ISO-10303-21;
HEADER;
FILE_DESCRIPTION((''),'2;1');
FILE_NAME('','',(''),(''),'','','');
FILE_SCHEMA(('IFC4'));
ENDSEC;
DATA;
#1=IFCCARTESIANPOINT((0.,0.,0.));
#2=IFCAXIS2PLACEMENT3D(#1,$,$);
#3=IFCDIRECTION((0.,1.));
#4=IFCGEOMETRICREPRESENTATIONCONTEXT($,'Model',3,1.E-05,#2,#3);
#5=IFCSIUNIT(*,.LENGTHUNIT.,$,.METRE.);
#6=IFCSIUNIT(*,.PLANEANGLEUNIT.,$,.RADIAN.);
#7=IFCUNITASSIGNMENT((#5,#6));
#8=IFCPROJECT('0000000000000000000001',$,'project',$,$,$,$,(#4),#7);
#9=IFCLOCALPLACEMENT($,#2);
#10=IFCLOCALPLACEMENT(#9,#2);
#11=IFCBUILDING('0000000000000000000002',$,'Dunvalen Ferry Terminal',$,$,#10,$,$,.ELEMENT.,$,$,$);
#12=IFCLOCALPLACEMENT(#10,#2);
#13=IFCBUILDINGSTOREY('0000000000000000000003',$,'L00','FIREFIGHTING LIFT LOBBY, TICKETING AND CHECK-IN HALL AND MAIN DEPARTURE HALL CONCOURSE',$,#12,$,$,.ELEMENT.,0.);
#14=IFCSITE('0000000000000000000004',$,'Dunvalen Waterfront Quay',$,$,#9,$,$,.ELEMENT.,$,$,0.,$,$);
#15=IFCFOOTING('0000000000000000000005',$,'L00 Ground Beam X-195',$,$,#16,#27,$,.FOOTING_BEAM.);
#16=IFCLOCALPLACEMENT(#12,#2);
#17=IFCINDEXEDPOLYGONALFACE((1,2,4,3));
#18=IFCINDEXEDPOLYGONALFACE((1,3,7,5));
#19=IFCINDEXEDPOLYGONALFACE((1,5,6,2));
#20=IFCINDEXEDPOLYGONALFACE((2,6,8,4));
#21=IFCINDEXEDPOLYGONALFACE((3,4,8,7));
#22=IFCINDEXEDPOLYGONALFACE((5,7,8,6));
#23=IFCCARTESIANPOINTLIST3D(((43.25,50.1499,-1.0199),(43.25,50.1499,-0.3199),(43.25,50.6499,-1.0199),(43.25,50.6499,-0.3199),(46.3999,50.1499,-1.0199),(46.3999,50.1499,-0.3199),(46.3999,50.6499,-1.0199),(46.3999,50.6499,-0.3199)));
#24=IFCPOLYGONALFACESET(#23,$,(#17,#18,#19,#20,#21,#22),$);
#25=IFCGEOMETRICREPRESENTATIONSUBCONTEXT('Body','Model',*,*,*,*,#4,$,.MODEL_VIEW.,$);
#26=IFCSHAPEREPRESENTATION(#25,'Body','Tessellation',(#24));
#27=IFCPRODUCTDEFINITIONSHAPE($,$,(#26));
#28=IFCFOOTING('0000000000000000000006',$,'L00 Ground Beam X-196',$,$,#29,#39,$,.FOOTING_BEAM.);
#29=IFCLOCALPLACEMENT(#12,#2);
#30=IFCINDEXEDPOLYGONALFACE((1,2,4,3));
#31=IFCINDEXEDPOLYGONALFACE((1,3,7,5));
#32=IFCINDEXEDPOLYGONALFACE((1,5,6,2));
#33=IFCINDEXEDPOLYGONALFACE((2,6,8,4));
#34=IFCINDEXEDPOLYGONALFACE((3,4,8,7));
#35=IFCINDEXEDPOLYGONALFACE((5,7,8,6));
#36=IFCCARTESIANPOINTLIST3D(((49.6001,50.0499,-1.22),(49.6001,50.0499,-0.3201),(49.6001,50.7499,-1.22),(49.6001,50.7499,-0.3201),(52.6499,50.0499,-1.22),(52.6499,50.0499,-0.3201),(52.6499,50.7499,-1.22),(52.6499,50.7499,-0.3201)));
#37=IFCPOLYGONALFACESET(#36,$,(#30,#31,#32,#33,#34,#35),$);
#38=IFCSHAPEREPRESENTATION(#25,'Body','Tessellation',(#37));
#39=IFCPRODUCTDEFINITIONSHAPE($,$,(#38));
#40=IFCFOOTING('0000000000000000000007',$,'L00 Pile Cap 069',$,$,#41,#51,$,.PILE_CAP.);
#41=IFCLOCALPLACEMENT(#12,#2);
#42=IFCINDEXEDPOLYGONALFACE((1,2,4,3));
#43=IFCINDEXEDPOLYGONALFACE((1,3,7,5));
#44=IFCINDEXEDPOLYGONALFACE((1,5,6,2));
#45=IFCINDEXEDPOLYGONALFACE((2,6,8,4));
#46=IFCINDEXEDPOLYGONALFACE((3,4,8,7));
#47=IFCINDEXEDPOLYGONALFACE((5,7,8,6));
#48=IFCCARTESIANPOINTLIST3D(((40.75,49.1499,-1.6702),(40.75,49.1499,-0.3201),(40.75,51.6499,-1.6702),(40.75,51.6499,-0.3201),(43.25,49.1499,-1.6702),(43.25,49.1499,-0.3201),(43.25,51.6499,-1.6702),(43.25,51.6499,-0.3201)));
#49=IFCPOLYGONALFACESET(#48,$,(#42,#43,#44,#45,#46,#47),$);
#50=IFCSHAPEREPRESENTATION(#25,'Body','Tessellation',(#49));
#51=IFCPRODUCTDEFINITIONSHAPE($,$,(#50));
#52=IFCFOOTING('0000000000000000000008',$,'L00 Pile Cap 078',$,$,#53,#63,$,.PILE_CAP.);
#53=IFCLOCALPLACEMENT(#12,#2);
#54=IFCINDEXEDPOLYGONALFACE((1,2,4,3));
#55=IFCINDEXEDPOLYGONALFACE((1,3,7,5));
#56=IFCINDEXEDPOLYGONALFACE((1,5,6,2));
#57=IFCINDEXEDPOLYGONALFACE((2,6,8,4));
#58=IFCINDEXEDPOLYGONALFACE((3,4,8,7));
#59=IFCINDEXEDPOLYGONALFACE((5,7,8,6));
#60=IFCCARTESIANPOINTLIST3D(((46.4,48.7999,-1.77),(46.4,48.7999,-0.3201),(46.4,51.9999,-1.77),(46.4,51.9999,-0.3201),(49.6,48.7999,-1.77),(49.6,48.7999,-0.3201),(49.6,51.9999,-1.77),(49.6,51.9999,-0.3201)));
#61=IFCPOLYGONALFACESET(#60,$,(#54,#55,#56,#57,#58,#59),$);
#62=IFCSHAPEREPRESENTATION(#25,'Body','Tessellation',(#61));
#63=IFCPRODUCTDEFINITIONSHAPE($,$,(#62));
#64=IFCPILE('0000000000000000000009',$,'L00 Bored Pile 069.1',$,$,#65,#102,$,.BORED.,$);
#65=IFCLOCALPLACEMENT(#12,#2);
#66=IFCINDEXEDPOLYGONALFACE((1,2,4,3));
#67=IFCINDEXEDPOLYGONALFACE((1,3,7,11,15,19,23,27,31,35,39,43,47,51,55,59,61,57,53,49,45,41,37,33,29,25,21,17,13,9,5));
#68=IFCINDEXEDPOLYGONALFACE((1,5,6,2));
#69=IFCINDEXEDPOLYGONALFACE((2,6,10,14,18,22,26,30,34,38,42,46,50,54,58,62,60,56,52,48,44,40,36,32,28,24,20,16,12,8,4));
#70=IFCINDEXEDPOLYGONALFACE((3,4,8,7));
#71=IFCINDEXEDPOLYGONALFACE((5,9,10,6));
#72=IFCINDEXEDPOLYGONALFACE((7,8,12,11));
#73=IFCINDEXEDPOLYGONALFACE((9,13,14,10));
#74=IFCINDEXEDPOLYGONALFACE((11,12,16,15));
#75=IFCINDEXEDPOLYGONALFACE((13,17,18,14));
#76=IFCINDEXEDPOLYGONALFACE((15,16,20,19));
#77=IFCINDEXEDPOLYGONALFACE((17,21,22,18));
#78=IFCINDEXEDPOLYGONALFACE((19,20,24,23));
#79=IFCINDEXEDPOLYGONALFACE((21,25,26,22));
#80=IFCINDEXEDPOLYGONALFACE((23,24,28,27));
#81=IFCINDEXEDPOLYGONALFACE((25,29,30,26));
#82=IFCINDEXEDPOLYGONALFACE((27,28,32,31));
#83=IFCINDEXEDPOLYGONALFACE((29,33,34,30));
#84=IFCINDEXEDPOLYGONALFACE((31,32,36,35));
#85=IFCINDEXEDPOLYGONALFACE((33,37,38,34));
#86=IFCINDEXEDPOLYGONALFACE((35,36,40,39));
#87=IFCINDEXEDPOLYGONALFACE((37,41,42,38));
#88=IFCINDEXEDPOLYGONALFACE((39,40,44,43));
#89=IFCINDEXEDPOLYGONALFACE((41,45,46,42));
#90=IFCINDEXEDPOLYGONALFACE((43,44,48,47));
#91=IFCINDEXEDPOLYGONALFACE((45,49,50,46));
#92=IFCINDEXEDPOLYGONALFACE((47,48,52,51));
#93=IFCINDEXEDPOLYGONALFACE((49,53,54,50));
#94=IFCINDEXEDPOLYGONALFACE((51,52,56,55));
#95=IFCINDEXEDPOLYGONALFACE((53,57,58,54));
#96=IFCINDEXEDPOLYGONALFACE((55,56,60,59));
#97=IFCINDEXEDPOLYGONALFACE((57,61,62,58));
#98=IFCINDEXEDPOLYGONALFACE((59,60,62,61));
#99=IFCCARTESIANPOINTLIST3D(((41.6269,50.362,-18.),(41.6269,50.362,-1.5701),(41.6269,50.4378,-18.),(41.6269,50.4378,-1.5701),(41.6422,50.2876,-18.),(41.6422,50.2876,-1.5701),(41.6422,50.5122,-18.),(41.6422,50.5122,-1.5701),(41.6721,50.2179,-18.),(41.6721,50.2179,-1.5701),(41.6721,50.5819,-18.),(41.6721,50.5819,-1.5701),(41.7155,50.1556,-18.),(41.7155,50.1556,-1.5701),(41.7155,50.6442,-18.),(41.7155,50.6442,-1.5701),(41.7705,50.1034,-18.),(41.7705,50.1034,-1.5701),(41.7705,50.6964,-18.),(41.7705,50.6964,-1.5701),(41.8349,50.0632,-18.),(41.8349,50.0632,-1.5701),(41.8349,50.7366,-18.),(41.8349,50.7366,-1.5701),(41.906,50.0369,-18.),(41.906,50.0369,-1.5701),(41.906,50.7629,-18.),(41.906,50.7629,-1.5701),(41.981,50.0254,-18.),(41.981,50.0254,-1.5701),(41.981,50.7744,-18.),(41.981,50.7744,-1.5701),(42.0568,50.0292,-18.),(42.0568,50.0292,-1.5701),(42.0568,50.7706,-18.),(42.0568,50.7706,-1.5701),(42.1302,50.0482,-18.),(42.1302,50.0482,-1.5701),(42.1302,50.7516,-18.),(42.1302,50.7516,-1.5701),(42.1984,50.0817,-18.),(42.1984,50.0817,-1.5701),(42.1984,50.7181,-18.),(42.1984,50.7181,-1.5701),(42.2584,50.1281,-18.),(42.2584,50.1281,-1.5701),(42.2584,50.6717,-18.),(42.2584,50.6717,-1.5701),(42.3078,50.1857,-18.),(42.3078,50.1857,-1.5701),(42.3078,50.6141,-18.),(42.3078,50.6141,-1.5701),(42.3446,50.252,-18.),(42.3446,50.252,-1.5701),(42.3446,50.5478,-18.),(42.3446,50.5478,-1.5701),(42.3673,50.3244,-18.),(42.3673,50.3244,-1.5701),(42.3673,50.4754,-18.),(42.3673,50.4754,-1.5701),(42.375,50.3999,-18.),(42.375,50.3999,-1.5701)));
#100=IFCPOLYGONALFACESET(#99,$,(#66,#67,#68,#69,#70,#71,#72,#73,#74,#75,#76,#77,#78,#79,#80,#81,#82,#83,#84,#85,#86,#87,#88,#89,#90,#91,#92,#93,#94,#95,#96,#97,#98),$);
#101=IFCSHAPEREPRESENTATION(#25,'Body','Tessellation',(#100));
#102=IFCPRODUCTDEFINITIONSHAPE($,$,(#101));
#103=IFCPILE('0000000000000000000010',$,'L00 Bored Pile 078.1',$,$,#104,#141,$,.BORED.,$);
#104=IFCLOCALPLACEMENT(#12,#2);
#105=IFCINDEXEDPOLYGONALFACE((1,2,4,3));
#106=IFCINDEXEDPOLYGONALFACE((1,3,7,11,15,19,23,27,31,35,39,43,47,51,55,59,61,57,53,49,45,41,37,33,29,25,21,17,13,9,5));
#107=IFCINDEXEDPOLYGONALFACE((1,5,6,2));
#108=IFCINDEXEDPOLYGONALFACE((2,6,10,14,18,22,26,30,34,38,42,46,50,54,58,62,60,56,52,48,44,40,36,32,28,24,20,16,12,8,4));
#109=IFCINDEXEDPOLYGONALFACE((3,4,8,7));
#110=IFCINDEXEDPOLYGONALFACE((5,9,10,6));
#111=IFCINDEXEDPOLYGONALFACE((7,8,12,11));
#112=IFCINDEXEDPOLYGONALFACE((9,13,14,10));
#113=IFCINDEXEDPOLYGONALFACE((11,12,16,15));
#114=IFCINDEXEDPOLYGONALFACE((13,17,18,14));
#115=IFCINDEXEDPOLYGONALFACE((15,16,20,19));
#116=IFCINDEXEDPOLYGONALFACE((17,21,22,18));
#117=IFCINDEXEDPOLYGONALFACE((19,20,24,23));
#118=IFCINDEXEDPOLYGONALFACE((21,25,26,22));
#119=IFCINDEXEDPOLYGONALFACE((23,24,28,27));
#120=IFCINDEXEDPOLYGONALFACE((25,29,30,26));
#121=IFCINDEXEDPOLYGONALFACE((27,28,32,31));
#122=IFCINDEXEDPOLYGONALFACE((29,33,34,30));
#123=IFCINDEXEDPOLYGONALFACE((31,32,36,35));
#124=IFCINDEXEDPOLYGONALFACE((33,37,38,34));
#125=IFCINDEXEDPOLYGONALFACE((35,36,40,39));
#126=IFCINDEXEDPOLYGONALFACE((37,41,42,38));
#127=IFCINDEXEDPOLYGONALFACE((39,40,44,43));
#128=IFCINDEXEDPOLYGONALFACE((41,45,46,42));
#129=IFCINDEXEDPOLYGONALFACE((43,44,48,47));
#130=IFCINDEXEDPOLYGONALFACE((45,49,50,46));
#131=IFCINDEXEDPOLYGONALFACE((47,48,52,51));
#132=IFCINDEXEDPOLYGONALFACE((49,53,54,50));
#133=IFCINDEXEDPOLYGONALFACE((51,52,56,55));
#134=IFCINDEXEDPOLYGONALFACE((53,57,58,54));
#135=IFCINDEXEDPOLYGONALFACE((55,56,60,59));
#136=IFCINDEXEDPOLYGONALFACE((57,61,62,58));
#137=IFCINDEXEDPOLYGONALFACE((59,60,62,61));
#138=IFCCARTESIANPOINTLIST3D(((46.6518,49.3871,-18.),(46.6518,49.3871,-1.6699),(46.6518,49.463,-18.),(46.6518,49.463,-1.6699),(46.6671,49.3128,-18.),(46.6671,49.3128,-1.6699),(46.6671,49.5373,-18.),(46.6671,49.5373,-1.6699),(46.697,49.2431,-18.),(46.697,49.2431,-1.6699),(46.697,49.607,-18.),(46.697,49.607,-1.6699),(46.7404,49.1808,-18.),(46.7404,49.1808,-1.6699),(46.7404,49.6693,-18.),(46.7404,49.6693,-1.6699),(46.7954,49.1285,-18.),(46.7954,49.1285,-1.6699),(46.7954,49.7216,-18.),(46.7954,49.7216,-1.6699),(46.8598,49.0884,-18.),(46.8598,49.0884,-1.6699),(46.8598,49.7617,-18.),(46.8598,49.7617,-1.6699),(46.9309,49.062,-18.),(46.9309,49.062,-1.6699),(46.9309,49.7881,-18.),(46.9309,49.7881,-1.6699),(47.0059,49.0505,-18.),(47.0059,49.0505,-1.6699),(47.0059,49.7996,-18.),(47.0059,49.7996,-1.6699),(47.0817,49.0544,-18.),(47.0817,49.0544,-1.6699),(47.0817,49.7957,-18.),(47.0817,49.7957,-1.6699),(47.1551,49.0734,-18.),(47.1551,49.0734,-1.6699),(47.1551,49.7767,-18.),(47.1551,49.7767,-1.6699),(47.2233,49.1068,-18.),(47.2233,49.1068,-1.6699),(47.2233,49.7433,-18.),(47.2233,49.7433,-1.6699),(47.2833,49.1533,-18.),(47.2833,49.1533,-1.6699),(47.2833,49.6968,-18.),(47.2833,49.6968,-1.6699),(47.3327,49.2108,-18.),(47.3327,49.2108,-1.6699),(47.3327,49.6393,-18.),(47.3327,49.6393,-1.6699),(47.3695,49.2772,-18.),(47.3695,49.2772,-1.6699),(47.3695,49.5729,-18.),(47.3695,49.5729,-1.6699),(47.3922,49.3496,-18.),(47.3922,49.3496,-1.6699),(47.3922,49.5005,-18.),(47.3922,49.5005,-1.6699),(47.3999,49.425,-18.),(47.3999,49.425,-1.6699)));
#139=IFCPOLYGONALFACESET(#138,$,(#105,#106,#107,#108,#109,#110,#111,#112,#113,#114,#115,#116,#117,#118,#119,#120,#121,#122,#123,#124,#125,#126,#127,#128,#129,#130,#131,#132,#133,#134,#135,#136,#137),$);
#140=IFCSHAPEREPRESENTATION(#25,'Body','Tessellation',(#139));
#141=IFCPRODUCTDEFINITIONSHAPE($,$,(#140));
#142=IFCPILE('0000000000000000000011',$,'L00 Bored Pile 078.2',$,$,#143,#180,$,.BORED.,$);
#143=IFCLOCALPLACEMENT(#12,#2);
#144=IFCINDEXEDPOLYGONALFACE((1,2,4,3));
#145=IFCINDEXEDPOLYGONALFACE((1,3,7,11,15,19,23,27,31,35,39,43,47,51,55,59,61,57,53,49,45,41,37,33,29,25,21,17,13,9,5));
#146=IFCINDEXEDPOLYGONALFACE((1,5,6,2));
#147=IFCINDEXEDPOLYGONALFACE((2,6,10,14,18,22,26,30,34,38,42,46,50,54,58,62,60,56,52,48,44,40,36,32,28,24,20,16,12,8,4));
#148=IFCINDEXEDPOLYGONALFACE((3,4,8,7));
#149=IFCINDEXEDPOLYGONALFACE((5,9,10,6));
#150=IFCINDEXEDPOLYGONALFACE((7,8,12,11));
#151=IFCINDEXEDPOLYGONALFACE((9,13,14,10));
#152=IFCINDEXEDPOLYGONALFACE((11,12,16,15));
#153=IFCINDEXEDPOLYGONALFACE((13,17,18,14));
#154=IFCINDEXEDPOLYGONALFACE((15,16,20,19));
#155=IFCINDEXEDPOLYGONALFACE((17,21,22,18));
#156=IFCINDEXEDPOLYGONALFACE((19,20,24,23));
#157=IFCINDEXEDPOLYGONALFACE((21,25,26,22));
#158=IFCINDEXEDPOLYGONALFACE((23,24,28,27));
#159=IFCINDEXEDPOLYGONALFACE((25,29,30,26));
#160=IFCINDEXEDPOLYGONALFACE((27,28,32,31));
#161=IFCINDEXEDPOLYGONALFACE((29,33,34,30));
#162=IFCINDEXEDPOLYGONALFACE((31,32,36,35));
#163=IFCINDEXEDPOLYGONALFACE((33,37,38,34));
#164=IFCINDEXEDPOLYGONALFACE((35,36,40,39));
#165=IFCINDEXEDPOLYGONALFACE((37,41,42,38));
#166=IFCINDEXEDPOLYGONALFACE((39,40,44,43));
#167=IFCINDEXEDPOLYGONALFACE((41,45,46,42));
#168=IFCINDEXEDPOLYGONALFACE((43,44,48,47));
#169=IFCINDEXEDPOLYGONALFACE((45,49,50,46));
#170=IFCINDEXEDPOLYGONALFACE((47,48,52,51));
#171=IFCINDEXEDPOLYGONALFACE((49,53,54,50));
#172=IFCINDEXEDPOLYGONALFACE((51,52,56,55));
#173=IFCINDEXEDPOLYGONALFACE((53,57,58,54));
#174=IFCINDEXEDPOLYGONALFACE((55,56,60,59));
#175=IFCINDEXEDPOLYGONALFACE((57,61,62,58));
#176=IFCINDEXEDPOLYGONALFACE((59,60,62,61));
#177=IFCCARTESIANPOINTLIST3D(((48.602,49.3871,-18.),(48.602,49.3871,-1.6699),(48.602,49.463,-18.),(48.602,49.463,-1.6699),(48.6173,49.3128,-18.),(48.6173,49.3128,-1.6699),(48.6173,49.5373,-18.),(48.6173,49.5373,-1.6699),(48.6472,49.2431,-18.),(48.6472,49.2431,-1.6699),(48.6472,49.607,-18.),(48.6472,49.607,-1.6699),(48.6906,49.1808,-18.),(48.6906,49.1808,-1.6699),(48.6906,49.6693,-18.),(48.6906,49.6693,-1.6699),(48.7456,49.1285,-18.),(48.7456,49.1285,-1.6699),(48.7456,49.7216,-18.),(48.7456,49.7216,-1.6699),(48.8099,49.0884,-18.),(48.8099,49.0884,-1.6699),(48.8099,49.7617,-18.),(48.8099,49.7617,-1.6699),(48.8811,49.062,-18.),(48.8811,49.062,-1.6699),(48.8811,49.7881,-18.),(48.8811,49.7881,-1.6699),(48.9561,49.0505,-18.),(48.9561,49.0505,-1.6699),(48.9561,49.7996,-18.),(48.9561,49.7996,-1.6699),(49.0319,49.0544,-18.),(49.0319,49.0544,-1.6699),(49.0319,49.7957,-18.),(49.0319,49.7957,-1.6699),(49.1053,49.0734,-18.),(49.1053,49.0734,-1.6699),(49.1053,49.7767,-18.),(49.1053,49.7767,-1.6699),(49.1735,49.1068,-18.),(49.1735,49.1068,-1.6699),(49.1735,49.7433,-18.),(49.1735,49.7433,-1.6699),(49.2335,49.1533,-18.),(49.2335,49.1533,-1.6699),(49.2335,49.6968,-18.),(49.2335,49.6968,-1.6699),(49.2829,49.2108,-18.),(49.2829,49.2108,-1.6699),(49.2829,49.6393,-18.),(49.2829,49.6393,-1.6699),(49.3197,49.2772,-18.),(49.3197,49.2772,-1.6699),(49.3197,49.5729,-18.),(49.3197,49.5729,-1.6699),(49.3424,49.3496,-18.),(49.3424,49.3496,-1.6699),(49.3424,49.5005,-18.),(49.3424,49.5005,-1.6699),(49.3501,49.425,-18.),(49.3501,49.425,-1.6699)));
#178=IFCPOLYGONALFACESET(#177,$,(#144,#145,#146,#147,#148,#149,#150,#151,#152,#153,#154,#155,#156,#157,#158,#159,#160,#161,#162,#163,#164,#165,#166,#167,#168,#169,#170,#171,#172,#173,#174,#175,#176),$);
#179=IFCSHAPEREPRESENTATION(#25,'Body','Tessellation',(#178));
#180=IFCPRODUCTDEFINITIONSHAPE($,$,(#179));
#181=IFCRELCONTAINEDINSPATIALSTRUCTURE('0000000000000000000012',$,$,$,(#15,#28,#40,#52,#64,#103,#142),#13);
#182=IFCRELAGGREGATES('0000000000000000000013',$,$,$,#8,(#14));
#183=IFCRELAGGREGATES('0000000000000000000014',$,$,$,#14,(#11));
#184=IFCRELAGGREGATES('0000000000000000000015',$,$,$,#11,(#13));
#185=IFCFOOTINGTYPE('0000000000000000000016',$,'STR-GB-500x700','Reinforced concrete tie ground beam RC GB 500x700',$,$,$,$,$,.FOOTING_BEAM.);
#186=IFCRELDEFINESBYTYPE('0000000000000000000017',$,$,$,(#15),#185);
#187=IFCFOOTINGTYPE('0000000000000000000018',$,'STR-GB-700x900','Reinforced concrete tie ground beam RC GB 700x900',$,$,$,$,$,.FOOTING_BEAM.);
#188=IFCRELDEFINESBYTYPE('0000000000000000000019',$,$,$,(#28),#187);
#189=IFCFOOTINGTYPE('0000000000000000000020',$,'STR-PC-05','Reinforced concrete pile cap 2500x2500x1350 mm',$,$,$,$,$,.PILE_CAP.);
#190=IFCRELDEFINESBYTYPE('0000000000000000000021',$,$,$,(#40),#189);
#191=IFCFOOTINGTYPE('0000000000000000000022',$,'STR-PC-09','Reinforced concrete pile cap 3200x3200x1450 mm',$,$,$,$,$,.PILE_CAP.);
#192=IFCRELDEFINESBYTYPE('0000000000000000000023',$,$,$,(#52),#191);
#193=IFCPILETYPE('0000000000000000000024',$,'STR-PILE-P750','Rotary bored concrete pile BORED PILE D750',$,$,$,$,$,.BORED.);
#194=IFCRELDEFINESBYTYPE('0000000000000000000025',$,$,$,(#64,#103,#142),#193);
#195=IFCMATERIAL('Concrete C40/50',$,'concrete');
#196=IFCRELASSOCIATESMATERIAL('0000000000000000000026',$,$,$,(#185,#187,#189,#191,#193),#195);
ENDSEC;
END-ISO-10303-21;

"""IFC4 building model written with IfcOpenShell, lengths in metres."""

from ifc_helpers import new_model, si_unit, direction, frame, origin, origin_2d, place, context, subcontext, project, spatial, rectangle, circle, extrude, material, material_profile, profile_set, type_object, element, save


model = new_model("IFC4")

# Units and contexts
model_context = context("Model", 3, precision=1e-05, world=origin(), true_north=direction((0.0, 1.0)))
body_context = subcontext(model_context, "Body", "Model", "MODEL_VIEW")
ifc_project = project(units=[si_unit("LENGTHUNIT", "METRE"), si_unit("PLANEANGLEUNIT", "RADIAN")], contexts=[model_context])

# Site, building, storey
site_placement = place(None, origin())
site = spatial("IfcSite", under=ifc_project, at=site_placement, Name="Dunvalen Waterfront Quay", CompositionType="ELEMENT", RefElevation=0.0)
building_placement = place(site_placement, origin())
building = spatial("IfcBuilding", under=site, at=building_placement, Name="Dunvalen Ferry Terminal", CompositionType="ELEMENT")
storey_placement = place(building_placement, origin())
storey = spatial("IfcBuildingStorey", under=building, at=storey_placement, Name="L00", Description="FIREFIGHTING LIFT LOBBY, TICKETING AND CHECK-IN HALL AND MAIN DEPARTURE HALL CONCOURSE", CompositionType="ELEMENT", Elevation=0.0)

# Footings
ifc_material_1 = material(Name="Concrete C40/50", Category="concrete")
ifc_material_profile_1 = material_profile(ifc_material_1, rectangle(XDim=0.5, YDim=0.7, at=origin_2d()), Name="Concrete C40/50")
ifc_profile_set_1 = profile_set([ifc_material_profile_1], Name="Concrete C40/50")
footing_type_1 = type_object("IfcFootingType", Name="STR-GB-500x700", Description="Reinforced concrete tie ground beam RC GB 500x700", PredefinedType="FOOTING_BEAM", material=ifc_profile_set_1)
footing_1_placement = place(storey_placement, frame((43.25, 50.3999, -0.6699), z_axis=(1.0, 0.0, 0.0), x_axis=(0.0, 1.0, 0.0)))
element("IfcFooting", 1, at=footing_1_placement, inside=storey, type_object=footing_type_1, Name="L00 Ground Beam X-195", PredefinedType="FOOTING_BEAM", context=body_context, shape_type="SweptSolid", body=[
    extrude(rectangle(XDim=0.5, YDim=0.7, at=origin_2d()), origin(), (0.0, 0.0, 1.0), 3.1499),
])
ifc_material_profile_2 = material_profile(ifc_material_1, rectangle(XDim=0.7, YDim=0.8999, at=origin_2d()), Name="Concrete C40/50")
ifc_profile_set_2 = profile_set([ifc_material_profile_2], Name="Concrete C40/50")
footing_type_2 = type_object("IfcFootingType", Name="STR-GB-700x900", Description="Reinforced concrete tie ground beam RC GB 700x900", PredefinedType="FOOTING_BEAM", material=ifc_profile_set_2)
footing_2_placement = place(storey_placement, frame((49.6001, 50.3999, -0.77), z_axis=(1.0, 0.0, 0.0), x_axis=(0.0, 1.0, 0.0)))
element("IfcFooting", 2, at=footing_2_placement, inside=storey, type_object=footing_type_2, Name="L00 Ground Beam X-196", PredefinedType="FOOTING_BEAM", context=body_context, shape_type="SweptSolid", body=[
    extrude(rectangle(XDim=0.7, YDim=0.8999, at=origin_2d()), origin(), (0.0, 0.0, 1.0), 3.0498),
])
footing_type_3 = type_object("IfcFootingType", Name="STR-PC-05", Description="Reinforced concrete pile cap 2500x2500x1350 mm", PredefinedType="PILE_CAP", material=ifc_material_1)
footing_3_placement = place(storey_placement, frame((42.0, 50.3999, -1.6702), z_axis=(0.0, 0.0, 1.0), x_axis=(1.0, 0.0, 0.0)))
element("IfcFooting", 3, at=footing_3_placement, inside=storey, type_object=footing_type_3, Name="L00 Pile Cap 069", PredefinedType="PILE_CAP", context=body_context, shape_type="SweptSolid", body=[
    extrude(rectangle(XDim=2.5, YDim=2.5, at=origin_2d()), origin(), (0.0, 0.0, 1.0), 1.3501),
])
footing_type_4 = type_object("IfcFootingType", Name="STR-PC-09", Description="Reinforced concrete pile cap 3200x3200x1450 mm", PredefinedType="PILE_CAP", material=ifc_material_1)
footing_4_placement = place(storey_placement, frame((48.0, 50.3999, -1.77), z_axis=(0.0, 0.0, 1.0), x_axis=(1.0, 0.0, 0.0)))
element("IfcFooting", 4, at=footing_4_placement, inside=storey, type_object=footing_type_4, Name="L00 Pile Cap 078", PredefinedType="PILE_CAP", context=body_context, shape_type="SweptSolid", body=[
    extrude(rectangle(XDim=3.2, YDim=3.2, at=origin_2d()), origin(), (0.0, 0.0, 1.0), 1.45),
])

# Piles
ifc_material_profile_3 = material_profile(ifc_material_1, circle(Radius=0.375, at=origin_2d()), Name="Concrete C40/50")
ifc_profile_set_3 = profile_set([ifc_material_profile_3], Name="Concrete C40/50")
pile_type = type_object("IfcPileType", Name="STR-PILE-P750", Description="Rotary bored concrete pile BORED PILE D750", PredefinedType="BORED", material=ifc_profile_set_3)
pile_placement = place(storey_placement, frame((42.0, 50.3999, -1.5701), z_axis=(0.0, 0.0, -1.0), x_axis=(1.0, 0.0, 0.0)))
element("IfcPile", 5, at=pile_placement, inside=storey, type_object=pile_type, Name="L00 Bored Pile 069.1", PredefinedType="BORED", context=body_context, shape_type="SweptSolid", body=[
    extrude(circle(Radius=0.375, at=origin_2d()), origin(), (0.0, 0.0, 1.0), 16.4299),
])
for number, where, z_axis, x_axis, name in (
    (6, (47.0249, 49.425, -1.6699), (0.0, 0.0, -1.0), (1.0, 0.0, 0.0), "L00 Bored Pile 078.1"),
    (7, (48.9751, 49.425, -1.6699), (0.0, 0.0, -1.0), (1.0, 0.0, 0.0), "L00 Bored Pile 078.2"),
):
    element("IfcPile", number, at=place(storey_placement, frame(where, z_axis=z_axis, x_axis=x_axis)), inside=storey, type_object=pile_type, Name=name, PredefinedType="BORED", context=body_context, shape_type="SweptSolid", body=[
        extrude(circle(Radius=0.375, at=origin_2d()), origin(), (0.0, 0.0, 1.0), 16.3301),
    ])

save(model, "model.ifc")
